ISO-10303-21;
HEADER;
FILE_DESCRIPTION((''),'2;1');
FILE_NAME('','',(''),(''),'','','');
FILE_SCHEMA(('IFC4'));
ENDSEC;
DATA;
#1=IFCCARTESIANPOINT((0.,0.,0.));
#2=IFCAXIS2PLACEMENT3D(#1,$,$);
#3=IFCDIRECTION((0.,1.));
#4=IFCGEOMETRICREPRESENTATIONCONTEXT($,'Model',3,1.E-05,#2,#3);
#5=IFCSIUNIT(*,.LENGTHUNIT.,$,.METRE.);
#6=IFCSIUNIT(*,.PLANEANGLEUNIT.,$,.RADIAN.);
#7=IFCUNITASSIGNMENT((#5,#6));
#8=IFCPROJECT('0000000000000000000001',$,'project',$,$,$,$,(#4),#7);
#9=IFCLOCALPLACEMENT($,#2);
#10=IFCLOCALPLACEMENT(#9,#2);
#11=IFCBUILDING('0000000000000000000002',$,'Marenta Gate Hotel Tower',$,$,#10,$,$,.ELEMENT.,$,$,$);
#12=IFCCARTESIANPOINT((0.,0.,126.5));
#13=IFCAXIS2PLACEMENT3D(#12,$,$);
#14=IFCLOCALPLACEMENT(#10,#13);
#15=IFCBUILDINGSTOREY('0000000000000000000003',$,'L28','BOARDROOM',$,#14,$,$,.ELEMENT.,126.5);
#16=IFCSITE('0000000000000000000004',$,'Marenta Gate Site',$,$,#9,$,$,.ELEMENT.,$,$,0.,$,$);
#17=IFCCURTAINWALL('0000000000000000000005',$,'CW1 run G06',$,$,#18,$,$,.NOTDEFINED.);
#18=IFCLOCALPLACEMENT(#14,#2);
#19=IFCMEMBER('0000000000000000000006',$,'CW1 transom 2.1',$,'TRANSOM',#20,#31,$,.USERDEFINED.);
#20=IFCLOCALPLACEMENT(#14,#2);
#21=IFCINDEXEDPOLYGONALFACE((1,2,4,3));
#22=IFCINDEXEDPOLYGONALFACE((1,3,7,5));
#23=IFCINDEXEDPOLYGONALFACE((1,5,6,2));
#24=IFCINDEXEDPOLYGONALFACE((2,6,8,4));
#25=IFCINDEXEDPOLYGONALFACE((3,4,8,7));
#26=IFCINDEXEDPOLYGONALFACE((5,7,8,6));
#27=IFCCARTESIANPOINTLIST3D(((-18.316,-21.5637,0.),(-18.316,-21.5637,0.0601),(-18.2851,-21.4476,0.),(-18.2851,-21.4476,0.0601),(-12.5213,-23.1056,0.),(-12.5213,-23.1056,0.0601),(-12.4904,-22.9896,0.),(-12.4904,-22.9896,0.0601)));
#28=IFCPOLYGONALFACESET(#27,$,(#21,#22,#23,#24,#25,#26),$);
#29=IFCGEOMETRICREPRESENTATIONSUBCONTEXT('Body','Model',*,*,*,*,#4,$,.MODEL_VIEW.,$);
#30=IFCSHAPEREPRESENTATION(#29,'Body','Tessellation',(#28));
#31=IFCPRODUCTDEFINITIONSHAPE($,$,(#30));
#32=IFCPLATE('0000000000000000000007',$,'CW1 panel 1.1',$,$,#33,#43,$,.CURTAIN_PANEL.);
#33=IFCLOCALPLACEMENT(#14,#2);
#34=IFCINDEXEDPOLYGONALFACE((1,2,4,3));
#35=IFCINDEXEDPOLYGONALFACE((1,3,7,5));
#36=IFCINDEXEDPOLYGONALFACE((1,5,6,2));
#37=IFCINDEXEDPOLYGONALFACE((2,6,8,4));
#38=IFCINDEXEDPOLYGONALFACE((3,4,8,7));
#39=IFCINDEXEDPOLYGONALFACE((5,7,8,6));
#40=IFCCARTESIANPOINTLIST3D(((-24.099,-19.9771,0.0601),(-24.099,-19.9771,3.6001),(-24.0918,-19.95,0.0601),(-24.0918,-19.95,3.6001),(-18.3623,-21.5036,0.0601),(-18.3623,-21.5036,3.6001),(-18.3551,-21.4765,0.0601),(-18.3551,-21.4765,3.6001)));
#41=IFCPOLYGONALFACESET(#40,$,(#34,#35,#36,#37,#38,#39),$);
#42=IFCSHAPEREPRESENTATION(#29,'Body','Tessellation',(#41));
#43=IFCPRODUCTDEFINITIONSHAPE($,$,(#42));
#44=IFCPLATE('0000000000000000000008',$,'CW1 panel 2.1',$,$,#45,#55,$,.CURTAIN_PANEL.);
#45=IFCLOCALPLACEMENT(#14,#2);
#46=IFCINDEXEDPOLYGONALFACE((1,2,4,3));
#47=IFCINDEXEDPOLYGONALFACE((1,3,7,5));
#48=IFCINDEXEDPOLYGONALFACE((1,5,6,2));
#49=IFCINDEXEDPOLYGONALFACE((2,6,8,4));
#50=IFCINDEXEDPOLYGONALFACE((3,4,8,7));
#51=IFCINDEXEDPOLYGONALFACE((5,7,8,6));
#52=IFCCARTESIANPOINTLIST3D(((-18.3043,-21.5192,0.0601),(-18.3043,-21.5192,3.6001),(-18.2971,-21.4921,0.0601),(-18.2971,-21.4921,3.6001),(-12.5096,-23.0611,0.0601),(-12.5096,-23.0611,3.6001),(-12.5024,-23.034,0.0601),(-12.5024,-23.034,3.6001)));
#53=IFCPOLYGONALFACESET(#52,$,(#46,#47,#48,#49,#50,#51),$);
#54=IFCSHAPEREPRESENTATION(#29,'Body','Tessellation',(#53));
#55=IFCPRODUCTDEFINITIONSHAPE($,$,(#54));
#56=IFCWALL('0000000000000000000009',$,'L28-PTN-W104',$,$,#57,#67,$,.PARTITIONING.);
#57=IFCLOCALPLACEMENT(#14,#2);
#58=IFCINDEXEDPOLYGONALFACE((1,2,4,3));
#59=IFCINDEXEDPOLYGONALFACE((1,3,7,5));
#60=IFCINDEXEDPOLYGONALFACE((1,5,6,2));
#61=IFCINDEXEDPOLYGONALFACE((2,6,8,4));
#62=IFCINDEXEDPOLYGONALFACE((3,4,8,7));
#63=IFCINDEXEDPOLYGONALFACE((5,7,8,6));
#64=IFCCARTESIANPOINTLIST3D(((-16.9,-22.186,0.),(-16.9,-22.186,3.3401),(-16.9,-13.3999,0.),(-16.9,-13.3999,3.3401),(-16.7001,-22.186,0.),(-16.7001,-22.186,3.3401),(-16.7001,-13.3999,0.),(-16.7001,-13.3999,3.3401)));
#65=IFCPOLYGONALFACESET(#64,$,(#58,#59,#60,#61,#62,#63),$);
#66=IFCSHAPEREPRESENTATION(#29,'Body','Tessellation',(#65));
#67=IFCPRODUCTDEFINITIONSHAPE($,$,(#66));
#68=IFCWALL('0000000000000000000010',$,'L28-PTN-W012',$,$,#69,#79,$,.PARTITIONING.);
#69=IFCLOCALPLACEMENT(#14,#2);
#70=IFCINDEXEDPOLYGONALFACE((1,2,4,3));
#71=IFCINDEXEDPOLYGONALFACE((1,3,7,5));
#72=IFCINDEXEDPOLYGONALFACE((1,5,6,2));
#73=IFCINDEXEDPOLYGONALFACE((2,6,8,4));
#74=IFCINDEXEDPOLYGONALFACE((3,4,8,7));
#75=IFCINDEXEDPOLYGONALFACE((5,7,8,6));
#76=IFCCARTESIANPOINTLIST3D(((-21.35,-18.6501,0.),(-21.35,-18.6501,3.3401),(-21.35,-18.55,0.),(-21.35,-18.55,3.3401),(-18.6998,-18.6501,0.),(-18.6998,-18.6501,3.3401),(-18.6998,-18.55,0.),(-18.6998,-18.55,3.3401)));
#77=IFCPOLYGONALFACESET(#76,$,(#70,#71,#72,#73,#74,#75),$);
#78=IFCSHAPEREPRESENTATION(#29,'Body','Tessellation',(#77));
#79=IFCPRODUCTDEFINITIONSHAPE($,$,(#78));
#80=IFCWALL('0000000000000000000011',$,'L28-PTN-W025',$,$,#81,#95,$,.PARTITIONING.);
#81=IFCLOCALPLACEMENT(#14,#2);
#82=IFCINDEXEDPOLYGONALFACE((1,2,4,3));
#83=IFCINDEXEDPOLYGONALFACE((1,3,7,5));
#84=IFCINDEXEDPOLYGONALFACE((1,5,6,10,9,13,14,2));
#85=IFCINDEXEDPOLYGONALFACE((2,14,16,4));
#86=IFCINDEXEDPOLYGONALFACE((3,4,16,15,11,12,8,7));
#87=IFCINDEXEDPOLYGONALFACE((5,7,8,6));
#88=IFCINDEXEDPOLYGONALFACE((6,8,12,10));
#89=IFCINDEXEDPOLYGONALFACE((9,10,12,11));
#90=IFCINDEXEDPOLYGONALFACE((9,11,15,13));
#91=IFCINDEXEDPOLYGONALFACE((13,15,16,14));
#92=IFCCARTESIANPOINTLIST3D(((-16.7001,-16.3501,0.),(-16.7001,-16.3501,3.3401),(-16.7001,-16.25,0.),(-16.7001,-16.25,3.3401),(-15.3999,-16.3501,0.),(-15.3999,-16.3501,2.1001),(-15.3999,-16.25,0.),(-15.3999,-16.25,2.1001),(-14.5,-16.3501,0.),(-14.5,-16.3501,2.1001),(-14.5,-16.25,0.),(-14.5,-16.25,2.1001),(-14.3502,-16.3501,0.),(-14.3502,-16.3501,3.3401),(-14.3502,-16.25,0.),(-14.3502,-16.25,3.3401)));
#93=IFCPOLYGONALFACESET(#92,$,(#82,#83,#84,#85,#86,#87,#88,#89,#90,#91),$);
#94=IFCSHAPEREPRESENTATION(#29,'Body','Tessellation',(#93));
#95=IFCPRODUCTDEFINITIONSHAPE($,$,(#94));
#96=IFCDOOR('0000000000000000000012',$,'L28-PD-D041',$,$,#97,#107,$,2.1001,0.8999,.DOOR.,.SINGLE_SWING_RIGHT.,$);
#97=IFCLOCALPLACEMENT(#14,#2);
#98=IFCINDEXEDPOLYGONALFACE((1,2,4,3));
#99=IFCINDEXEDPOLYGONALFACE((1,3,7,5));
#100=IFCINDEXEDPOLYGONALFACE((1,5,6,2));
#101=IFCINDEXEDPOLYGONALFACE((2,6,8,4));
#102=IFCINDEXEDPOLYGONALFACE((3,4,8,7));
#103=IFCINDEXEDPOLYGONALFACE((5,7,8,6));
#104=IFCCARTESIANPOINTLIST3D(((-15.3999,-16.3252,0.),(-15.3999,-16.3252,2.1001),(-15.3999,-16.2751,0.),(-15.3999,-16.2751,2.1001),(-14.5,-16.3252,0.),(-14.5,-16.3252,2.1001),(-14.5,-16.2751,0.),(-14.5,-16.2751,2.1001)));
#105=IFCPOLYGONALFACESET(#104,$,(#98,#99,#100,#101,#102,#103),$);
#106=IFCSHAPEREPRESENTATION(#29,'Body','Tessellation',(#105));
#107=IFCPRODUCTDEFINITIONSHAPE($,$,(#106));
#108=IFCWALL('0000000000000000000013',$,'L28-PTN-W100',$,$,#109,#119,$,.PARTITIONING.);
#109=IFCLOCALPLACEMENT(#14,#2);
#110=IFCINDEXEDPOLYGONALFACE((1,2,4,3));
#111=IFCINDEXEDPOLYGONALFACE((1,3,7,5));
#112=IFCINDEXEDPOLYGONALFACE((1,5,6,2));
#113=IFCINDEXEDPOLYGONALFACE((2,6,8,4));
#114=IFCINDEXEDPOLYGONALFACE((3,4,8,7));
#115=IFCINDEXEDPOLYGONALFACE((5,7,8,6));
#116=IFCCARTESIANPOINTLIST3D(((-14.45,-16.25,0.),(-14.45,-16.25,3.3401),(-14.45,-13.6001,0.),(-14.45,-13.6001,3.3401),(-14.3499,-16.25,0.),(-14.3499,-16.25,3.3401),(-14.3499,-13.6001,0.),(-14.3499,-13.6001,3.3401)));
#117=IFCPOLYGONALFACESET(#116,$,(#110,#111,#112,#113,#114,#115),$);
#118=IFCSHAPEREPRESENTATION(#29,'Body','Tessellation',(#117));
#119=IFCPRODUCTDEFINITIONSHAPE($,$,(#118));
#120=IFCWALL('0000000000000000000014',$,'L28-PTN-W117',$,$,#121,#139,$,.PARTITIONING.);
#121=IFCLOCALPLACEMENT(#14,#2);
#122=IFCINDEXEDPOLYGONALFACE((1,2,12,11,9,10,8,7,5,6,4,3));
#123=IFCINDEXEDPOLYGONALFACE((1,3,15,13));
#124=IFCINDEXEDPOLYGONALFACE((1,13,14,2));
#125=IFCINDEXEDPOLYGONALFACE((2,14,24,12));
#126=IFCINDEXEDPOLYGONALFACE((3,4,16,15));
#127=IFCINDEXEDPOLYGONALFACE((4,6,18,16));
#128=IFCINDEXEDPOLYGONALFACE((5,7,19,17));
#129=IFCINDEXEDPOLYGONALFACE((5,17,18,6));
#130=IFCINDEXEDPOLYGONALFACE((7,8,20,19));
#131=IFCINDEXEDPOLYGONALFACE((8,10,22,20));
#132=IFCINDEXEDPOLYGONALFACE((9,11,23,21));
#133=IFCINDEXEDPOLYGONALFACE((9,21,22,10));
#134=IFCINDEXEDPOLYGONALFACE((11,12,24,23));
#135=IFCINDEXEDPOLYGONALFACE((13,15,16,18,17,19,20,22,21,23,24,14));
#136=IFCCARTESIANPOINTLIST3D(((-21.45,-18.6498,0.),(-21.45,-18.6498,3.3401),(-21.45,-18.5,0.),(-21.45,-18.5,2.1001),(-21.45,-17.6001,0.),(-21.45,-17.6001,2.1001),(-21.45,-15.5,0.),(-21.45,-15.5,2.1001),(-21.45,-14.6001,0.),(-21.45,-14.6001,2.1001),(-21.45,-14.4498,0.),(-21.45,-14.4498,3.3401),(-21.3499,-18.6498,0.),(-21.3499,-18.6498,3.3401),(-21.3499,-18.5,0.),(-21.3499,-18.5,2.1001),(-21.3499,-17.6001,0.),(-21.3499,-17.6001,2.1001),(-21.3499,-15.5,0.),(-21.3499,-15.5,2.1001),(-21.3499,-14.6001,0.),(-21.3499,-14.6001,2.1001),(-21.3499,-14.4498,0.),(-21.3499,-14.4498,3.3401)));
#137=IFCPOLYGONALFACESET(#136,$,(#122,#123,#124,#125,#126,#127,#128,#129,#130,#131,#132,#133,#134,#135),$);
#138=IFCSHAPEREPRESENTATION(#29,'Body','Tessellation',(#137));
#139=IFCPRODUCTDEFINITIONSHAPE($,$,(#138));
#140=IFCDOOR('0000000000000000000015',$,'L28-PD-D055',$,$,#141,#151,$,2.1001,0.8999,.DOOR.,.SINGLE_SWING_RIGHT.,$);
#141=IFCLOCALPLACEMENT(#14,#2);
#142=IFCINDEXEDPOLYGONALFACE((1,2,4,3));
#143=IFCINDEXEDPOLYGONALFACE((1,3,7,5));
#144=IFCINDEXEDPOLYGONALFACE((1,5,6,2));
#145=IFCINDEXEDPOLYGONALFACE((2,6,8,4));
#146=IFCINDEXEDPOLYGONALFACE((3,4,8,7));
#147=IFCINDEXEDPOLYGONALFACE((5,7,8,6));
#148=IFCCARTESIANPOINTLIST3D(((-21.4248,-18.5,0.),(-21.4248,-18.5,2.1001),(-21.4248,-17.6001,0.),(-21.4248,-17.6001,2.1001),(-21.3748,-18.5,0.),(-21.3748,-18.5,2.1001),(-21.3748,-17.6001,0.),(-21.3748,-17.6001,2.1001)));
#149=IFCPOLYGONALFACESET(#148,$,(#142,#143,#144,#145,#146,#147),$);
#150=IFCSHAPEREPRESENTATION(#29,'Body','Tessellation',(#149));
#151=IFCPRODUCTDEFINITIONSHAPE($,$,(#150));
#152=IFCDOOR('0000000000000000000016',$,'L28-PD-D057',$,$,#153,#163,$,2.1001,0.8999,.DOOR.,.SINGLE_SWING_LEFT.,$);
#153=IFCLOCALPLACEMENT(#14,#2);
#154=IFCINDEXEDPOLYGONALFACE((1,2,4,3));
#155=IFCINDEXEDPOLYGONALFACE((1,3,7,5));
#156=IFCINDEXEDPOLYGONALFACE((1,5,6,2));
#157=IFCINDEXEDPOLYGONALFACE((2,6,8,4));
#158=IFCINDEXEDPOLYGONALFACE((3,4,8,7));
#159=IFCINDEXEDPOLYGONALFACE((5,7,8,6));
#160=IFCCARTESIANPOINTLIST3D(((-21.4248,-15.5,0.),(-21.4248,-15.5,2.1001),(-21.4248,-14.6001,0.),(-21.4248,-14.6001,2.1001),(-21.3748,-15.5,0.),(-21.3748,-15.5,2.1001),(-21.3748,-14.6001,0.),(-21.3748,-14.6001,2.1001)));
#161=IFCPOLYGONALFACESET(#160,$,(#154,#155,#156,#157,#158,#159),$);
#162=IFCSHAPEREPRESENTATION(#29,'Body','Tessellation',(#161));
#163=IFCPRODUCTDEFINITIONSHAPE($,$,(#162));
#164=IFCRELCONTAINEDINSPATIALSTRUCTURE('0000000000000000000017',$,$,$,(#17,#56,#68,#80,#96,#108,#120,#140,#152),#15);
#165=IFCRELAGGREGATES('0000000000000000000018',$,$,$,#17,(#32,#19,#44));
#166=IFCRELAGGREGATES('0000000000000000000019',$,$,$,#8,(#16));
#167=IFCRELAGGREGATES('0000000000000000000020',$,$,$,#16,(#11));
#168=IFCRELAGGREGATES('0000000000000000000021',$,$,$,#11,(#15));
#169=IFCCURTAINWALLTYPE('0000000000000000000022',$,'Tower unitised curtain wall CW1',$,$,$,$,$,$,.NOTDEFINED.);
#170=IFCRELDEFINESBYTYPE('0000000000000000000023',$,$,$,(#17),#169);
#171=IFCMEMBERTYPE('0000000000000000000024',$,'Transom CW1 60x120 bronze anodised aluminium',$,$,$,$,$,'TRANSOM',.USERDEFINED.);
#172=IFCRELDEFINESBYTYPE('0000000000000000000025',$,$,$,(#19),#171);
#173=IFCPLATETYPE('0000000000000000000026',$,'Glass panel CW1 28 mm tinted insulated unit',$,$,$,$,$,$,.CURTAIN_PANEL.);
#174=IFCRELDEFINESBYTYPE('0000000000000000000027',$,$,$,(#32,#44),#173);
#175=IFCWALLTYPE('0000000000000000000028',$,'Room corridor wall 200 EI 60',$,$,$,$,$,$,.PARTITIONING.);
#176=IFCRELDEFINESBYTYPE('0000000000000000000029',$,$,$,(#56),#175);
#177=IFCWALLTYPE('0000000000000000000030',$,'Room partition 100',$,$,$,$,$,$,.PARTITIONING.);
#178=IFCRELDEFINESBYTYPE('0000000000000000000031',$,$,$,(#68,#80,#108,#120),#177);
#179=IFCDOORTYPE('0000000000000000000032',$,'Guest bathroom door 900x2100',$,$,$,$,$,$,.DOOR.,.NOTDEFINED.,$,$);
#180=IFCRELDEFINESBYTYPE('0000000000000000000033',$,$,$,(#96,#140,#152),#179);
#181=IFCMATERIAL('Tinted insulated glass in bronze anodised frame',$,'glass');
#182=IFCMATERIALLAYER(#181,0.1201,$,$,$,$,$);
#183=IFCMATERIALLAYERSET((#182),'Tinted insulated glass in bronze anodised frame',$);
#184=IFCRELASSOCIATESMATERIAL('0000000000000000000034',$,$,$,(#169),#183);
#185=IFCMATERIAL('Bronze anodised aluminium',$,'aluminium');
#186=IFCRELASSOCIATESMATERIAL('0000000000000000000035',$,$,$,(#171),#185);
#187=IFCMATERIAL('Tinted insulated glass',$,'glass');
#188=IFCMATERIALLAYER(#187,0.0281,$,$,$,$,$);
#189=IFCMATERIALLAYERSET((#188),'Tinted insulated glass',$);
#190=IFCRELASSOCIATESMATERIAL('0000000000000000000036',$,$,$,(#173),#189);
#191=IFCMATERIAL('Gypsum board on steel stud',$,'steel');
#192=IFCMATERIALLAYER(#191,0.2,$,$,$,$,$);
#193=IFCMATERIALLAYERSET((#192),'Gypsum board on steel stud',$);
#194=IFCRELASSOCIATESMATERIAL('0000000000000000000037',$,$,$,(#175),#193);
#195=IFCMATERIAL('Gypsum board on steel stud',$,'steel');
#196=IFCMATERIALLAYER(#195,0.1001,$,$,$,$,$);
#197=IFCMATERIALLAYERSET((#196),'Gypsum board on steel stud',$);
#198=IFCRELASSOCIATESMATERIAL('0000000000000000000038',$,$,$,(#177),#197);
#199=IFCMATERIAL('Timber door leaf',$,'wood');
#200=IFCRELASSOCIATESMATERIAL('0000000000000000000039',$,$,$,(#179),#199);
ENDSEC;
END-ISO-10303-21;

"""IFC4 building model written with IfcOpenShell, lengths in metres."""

from ifc_helpers import new_model, si_unit, direction, frame, frame_2d, origin, origin_2d, place, context, subcontext, project, spatial, rectangle, extrude, material, layer, layer_set, material_profile, profile_set, type_object, element, fill, aggregate, save


model = new_model("IFC4")

# Units and contexts
model_context = context("Model", 3, precision=1e-05, world=origin(), true_north=direction((0.0, 1.0)))
body_context = subcontext(model_context, "Body", "Model", "MODEL_VIEW")
ifc_project = project(units=[si_unit("LENGTHUNIT", "METRE"), si_unit("PLANEANGLEUNIT", "RADIAN")], contexts=[model_context])

# Site, building, storey
site_placement = place(None, origin())
site = spatial("IfcSite", under=ifc_project, at=site_placement, Name="Marenta Gate Site", CompositionType="ELEMENT", RefElevation=0.0)
building_placement = place(site_placement, origin())
building = spatial("IfcBuilding", under=site, at=building_placement, Name="Marenta Gate Hotel Tower", CompositionType="ELEMENT")
storey_placement = place(building_placement, frame((0.0, 0.0, 126.5)))
storey = spatial("IfcBuildingStorey", under=building, at=storey_placement, Name="L28", Description="BOARDROOM", CompositionType="ELEMENT", Elevation=126.5)

# Curtain wall, member, plates
ifc_material_1 = material(Name="Tinted insulated glass in bronze anodised frame", Category="glass")
ifc_layer_1 = layer(ifc_material_1, 0.1201)
ifc_layer_set_1 = layer_set([ifc_layer_1], Name="Tinted insulated glass in bronze anodised frame")
curtain_wall_type = type_object("IfcCurtainWallType", Name="Tower unitised curtain wall CW1", PredefinedType="NOTDEFINED", material=ifc_layer_set_1)
curtain_wall_placement = place(storey_placement, origin())
curtain_wall = element("IfcCurtainWall", 1, at=curtain_wall_placement, inside=storey, type_object=curtain_wall_type, Name="CW1 run G06", PredefinedType="NOTDEFINED")
ifc_material_2 = material(Name="Bronze anodised aluminium", Category="aluminium")
ifc_material_profile_1 = material_profile(ifc_material_2, rectangle(XDim=0.1201, YDim=0.0601, at=origin_2d()), Name="Transom CW1 60x120 bronze anodised aluminium")
ifc_profile_set_1 = profile_set([ifc_material_profile_1], Name="Bronze anodised aluminium")
member_type_1 = type_object("IfcMemberType", Name="Transom CW1 60x120 bronze anodised aluminium", ElementType="TRANSOM", PredefinedType="USERDEFINED", material=ifc_profile_set_1)
member_1_placement = place(storey_placement, frame((-18.3005, -21.5056, 0.03), z_axis=(0.96637, -0.257156, 0.0), x_axis=(0.257156, 0.96637, 0.0)))
member_1 = element("IfcMember", 2, at=member_1_placement, type_object=member_type_1, Name="CW1 transom 2.1", ObjectType="TRANSOM", PredefinedType="USERDEFINED", context=body_context, shape_type="SweptSolid", body=[
    extrude(rectangle(XDim=0.1201, YDim=0.0601, at=origin_2d()), origin(), (0.0, 0.0, 1.0), 5.9963),
])
ifc_material_3 = material(Name="Tinted insulated glass", Category="glass")
ifc_layer_2 = layer(ifc_material_3, 0.0281)
ifc_layer_set_2 = layer_set([ifc_layer_2], Name="Tinted insulated glass")
plate_type = type_object("IfcPlateType", Name="Glass panel CW1 28 mm tinted insulated unit", PredefinedType="CURTAIN_PANEL", material=ifc_layer_set_2)
plate_1_placement = place(storey_placement, frame((-21.2271, -20.7268, 0.0601), z_axis=(0.0, 0.0, 1.0), x_axis=(0.966373, -0.257144, 0.0)))
plate_1 = element("IfcPlate", 3, at=plate_1_placement, type_object=plate_type, Name="CW1 panel 1.1", PredefinedType="CURTAIN_PANEL", context=body_context, shape_type="SweptSolid", body=[
    extrude(rectangle(XDim=5.9363, YDim=0.0281, at=origin_2d()), origin(), (0.0, 0.0, 1.0), 3.54),
])
plate_2_placement = place(storey_placement, frame((-15.4033, -22.2766, 0.0601), z_axis=(0.0, 0.0, 1.0), x_axis=(0.966373, -0.257144, 0.0)))
plate_2 = element("IfcPlate", 4, at=plate_2_placement, type_object=plate_type, Name="CW1 panel 2.1", PredefinedType="CURTAIN_PANEL", context=body_context, shape_type="SweptSolid", body=[
    extrude(rectangle(XDim=5.9963, YDim=0.0281, at=origin_2d()), origin(), (0.0, 0.0, 1.0), 3.54),
])
aggregate(curtain_wall, [plate_1, member_1, plate_2])

# Wall
ifc_material_4 = material(Name="Gypsum board on steel stud", Category="steel")
ifc_layer_3 = layer(ifc_material_4, 0.2)
ifc_layer_set_3 = layer_set([ifc_layer_3], Name="Gypsum board on steel stud")
wall_type_1 = type_object("IfcWallType", Name="Room corridor wall 200 EI 60", PredefinedType="PARTITIONING", material=ifc_layer_set_3)
wall_1_placement = place(storey_placement, frame((-16.8, -22.186, 0.0), z_axis=(0.0, 0.0, 1.0), x_axis=(0.0, 1.0, 0.0)))
element("IfcWall", 5, at=wall_1_placement, inside=storey, type_object=wall_type_1, Name="L28-PTN-W104", PredefinedType="PARTITIONING", context=body_context, shape_type="SweptSolid", body=[
    extrude(rectangle(XDim=8.7861, YDim=0.2, at=frame_2d((4.3931, 0.0))), origin(), (0.0, 0.0, 1.0), 3.3401),
])

# Wall
ifc_material_5 = material(Name="Gypsum board on steel stud", Category="steel")
ifc_layer_4 = layer(ifc_material_5, 0.1001)
ifc_layer_set_4 = layer_set([ifc_layer_4], Name="Gypsum board on steel stud")
wall_type_2 = type_object("IfcWallType", Name="Room partition 100", PredefinedType="PARTITIONING", material=ifc_layer_set_4)
wall_2_placement = place(storey_placement, frame((-21.3501, -18.6001, 0.0), z_axis=(0.0, 0.0, 1.0), x_axis=(1.0, 0.0, 0.0)))
element("IfcWall", 6, at=wall_2_placement, inside=storey, type_object=wall_type_2, Name="L28-PTN-W012", PredefinedType="PARTITIONING", context=body_context, shape_type="SweptSolid", body=[
    extrude(rectangle(XDim=2.6501, YDim=0.1001, at=frame_2d((1.3252, 0.0))), origin(), (0.0, 0.0, 1.0), 3.3401),
])

# Wall, opening, door
wall_3_placement = place(storey_placement, frame((-16.7, -16.3, 0.0), z_axis=(0.0, 0.0, 1.0), x_axis=(1.0, 0.0, 0.0)))
wall_3 = element("IfcWall", 7, at=wall_3_placement, inside=storey, type_object=wall_type_2, Name="L28-PTN-W025", PredefinedType="PARTITIONING", context=body_context, shape_type="SweptSolid", body=[
    extrude(rectangle(XDim=2.3499, YDim=0.1001, at=frame_2d((1.1748, 0.0))), origin(), (0.0, 0.0, 1.0), 3.3401),
])
opening_1_placement = place(wall_3_placement, frame((1.3, 0.0, 0.0)))
opening_1 = element("IfcOpeningElement", 8, at=opening_1_placement, cuts=wall_3, PredefinedType="OPENING", context=body_context, shape_type="SweptSolid", body=[
    extrude(rectangle(XDim=0.8999, YDim=2.1001, at=frame_2d((0.45, 1.05))), frame((0.0, 0.05, 0.0), z_axis=(0.0, -1.0, 0.0), x_axis=(1.0, 0.0, 0.0)), (0.0, 0.0, 1.0), 0.1001),
])
ifc_material_6 = material(Name="Timber door leaf", Category="wood")
door_type_1 = type_object("IfcDoorType", Name="Guest bathroom door 900x2100", OperationType="NOTDEFINED", PredefinedType="DOOR", material=ifc_material_6)
door_1_placement = place(opening_1_placement, origin())
door_1 = element("IfcDoor", 9, at=door_1_placement, inside=storey, type_object=door_type_1, Name="L28-PD-D041", OperationType="SINGLE_SWING_RIGHT", OverallHeight=2.1001, OverallWidth=0.8999, PredefinedType="DOOR", context=body_context, shape_type="SweptSolid", body=[
    extrude(rectangle(XDim=0.8999, YDim=2.1001, at=frame_2d((0.45, 1.05))), frame((0.0, 0.0249, 0.0), z_axis=(0.0, -1.0, 0.0), x_axis=(1.0, 0.0, 0.0)), (0.0, 0.0, 1.0), 0.05),
])
fill(opening_1, door_1)

# Wall
wall_4_placement = place(storey_placement, frame((-14.3999, -16.25, 0.0), z_axis=(0.0, 0.0, 1.0), x_axis=(0.0, 1.0, 0.0)))
element("IfcWall", 10, at=wall_4_placement, inside=storey, type_object=wall_type_2, Name="L28-PTN-W100", PredefinedType="PARTITIONING", context=body_context, shape_type="SweptSolid", body=[
    extrude(rectangle(XDim=2.6499, YDim=0.1001, at=frame_2d((1.325, 0.0))), origin(), (0.0, 0.0, 1.0), 3.3401),
])

# Wall, openings, doors
wall_5_placement = place(storey_placement, frame((-21.3999, -18.6499, 0.0), z_axis=(0.0, 0.0, 1.0), x_axis=(0.0, 1.0, 0.0)))
wall_5 = element("IfcWall", 11, at=wall_5_placement, inside=storey, type_object=wall_type_2, Name="L28-PTN-W117", PredefinedType="PARTITIONING", context=body_context, shape_type="SweptSolid", body=[
    extrude(rectangle(XDim=4.2, YDim=0.1001, at=frame_2d((2.1001, 0.0))), origin(), (0.0, 0.0, 1.0), 3.3401),
])
opening_2_placement = place(wall_5_placement, frame((0.1499, 0.0, 0.0)))
opening_2 = element("IfcOpeningElement", 12, at=opening_2_placement, cuts=wall_5, PredefinedType="OPENING", context=body_context, shape_type="SweptSolid", body=[
    extrude(rectangle(XDim=0.8999, YDim=2.1001, at=frame_2d((0.45, 1.05))), frame((0.0, 0.05, 0.0), z_axis=(0.0, -1.0, 0.0), x_axis=(1.0, 0.0, 0.0)), (0.0, 0.0, 1.0), 0.1001),
])
opening_3_placement = place(wall_5_placement, frame((3.1499, 0.0, 0.0)))
opening_3 = element("IfcOpeningElement", 13, at=opening_3_placement, cuts=wall_5, PredefinedType="OPENING", context=body_context, shape_type="SweptSolid", body=[
    extrude(rectangle(XDim=0.8999, YDim=2.1001, at=frame_2d((0.45, 1.05))), frame((0.0, 0.05, 0.0), z_axis=(0.0, -1.0, 0.0), x_axis=(1.0, 0.0, 0.0)), (0.0, 0.0, 1.0), 0.1001),
])
door_2_placement = place(opening_2_placement, origin())
door_2 = element("IfcDoor", 14, at=door_2_placement, inside=storey, type_object=door_type_1, Name="L28-PD-D055", OperationType="SINGLE_SWING_RIGHT", OverallHeight=2.1001, OverallWidth=0.8999, PredefinedType="DOOR", context=body_context, shape_type="SweptSolid", body=[
    extrude(rectangle(XDim=0.8999, YDim=2.1001, at=frame_2d((0.45, 1.05))), frame((0.0, 0.0249, 0.0), z_axis=(0.0, -1.0, 0.0), x_axis=(1.0, 0.0, 0.0)), (0.0, 0.0, 1.0), 0.05),
])
fill(opening_2, door_2)
door_3_placement = place(opening_3_placement, origin())
door_3 = element("IfcDoor", 15, at=door_3_placement, inside=storey, type_object=door_type_1, Name="L28-PD-D057", OperationType="SINGLE_SWING_LEFT", OverallHeight=2.1001, OverallWidth=0.8999, PredefinedType="DOOR", context=body_context, shape_type="SweptSolid", body=[
    extrude(rectangle(XDim=0.8999, YDim=2.1001, at=frame_2d((0.45, 1.05))), frame((0.0, 0.0249, 0.0), z_axis=(0.0, -1.0, 0.0), x_axis=(1.0, 0.0, 0.0)), (0.0, 0.0, 1.0), 0.05),
])
fill(opening_3, door_3)

save(model, "model.ifc")
